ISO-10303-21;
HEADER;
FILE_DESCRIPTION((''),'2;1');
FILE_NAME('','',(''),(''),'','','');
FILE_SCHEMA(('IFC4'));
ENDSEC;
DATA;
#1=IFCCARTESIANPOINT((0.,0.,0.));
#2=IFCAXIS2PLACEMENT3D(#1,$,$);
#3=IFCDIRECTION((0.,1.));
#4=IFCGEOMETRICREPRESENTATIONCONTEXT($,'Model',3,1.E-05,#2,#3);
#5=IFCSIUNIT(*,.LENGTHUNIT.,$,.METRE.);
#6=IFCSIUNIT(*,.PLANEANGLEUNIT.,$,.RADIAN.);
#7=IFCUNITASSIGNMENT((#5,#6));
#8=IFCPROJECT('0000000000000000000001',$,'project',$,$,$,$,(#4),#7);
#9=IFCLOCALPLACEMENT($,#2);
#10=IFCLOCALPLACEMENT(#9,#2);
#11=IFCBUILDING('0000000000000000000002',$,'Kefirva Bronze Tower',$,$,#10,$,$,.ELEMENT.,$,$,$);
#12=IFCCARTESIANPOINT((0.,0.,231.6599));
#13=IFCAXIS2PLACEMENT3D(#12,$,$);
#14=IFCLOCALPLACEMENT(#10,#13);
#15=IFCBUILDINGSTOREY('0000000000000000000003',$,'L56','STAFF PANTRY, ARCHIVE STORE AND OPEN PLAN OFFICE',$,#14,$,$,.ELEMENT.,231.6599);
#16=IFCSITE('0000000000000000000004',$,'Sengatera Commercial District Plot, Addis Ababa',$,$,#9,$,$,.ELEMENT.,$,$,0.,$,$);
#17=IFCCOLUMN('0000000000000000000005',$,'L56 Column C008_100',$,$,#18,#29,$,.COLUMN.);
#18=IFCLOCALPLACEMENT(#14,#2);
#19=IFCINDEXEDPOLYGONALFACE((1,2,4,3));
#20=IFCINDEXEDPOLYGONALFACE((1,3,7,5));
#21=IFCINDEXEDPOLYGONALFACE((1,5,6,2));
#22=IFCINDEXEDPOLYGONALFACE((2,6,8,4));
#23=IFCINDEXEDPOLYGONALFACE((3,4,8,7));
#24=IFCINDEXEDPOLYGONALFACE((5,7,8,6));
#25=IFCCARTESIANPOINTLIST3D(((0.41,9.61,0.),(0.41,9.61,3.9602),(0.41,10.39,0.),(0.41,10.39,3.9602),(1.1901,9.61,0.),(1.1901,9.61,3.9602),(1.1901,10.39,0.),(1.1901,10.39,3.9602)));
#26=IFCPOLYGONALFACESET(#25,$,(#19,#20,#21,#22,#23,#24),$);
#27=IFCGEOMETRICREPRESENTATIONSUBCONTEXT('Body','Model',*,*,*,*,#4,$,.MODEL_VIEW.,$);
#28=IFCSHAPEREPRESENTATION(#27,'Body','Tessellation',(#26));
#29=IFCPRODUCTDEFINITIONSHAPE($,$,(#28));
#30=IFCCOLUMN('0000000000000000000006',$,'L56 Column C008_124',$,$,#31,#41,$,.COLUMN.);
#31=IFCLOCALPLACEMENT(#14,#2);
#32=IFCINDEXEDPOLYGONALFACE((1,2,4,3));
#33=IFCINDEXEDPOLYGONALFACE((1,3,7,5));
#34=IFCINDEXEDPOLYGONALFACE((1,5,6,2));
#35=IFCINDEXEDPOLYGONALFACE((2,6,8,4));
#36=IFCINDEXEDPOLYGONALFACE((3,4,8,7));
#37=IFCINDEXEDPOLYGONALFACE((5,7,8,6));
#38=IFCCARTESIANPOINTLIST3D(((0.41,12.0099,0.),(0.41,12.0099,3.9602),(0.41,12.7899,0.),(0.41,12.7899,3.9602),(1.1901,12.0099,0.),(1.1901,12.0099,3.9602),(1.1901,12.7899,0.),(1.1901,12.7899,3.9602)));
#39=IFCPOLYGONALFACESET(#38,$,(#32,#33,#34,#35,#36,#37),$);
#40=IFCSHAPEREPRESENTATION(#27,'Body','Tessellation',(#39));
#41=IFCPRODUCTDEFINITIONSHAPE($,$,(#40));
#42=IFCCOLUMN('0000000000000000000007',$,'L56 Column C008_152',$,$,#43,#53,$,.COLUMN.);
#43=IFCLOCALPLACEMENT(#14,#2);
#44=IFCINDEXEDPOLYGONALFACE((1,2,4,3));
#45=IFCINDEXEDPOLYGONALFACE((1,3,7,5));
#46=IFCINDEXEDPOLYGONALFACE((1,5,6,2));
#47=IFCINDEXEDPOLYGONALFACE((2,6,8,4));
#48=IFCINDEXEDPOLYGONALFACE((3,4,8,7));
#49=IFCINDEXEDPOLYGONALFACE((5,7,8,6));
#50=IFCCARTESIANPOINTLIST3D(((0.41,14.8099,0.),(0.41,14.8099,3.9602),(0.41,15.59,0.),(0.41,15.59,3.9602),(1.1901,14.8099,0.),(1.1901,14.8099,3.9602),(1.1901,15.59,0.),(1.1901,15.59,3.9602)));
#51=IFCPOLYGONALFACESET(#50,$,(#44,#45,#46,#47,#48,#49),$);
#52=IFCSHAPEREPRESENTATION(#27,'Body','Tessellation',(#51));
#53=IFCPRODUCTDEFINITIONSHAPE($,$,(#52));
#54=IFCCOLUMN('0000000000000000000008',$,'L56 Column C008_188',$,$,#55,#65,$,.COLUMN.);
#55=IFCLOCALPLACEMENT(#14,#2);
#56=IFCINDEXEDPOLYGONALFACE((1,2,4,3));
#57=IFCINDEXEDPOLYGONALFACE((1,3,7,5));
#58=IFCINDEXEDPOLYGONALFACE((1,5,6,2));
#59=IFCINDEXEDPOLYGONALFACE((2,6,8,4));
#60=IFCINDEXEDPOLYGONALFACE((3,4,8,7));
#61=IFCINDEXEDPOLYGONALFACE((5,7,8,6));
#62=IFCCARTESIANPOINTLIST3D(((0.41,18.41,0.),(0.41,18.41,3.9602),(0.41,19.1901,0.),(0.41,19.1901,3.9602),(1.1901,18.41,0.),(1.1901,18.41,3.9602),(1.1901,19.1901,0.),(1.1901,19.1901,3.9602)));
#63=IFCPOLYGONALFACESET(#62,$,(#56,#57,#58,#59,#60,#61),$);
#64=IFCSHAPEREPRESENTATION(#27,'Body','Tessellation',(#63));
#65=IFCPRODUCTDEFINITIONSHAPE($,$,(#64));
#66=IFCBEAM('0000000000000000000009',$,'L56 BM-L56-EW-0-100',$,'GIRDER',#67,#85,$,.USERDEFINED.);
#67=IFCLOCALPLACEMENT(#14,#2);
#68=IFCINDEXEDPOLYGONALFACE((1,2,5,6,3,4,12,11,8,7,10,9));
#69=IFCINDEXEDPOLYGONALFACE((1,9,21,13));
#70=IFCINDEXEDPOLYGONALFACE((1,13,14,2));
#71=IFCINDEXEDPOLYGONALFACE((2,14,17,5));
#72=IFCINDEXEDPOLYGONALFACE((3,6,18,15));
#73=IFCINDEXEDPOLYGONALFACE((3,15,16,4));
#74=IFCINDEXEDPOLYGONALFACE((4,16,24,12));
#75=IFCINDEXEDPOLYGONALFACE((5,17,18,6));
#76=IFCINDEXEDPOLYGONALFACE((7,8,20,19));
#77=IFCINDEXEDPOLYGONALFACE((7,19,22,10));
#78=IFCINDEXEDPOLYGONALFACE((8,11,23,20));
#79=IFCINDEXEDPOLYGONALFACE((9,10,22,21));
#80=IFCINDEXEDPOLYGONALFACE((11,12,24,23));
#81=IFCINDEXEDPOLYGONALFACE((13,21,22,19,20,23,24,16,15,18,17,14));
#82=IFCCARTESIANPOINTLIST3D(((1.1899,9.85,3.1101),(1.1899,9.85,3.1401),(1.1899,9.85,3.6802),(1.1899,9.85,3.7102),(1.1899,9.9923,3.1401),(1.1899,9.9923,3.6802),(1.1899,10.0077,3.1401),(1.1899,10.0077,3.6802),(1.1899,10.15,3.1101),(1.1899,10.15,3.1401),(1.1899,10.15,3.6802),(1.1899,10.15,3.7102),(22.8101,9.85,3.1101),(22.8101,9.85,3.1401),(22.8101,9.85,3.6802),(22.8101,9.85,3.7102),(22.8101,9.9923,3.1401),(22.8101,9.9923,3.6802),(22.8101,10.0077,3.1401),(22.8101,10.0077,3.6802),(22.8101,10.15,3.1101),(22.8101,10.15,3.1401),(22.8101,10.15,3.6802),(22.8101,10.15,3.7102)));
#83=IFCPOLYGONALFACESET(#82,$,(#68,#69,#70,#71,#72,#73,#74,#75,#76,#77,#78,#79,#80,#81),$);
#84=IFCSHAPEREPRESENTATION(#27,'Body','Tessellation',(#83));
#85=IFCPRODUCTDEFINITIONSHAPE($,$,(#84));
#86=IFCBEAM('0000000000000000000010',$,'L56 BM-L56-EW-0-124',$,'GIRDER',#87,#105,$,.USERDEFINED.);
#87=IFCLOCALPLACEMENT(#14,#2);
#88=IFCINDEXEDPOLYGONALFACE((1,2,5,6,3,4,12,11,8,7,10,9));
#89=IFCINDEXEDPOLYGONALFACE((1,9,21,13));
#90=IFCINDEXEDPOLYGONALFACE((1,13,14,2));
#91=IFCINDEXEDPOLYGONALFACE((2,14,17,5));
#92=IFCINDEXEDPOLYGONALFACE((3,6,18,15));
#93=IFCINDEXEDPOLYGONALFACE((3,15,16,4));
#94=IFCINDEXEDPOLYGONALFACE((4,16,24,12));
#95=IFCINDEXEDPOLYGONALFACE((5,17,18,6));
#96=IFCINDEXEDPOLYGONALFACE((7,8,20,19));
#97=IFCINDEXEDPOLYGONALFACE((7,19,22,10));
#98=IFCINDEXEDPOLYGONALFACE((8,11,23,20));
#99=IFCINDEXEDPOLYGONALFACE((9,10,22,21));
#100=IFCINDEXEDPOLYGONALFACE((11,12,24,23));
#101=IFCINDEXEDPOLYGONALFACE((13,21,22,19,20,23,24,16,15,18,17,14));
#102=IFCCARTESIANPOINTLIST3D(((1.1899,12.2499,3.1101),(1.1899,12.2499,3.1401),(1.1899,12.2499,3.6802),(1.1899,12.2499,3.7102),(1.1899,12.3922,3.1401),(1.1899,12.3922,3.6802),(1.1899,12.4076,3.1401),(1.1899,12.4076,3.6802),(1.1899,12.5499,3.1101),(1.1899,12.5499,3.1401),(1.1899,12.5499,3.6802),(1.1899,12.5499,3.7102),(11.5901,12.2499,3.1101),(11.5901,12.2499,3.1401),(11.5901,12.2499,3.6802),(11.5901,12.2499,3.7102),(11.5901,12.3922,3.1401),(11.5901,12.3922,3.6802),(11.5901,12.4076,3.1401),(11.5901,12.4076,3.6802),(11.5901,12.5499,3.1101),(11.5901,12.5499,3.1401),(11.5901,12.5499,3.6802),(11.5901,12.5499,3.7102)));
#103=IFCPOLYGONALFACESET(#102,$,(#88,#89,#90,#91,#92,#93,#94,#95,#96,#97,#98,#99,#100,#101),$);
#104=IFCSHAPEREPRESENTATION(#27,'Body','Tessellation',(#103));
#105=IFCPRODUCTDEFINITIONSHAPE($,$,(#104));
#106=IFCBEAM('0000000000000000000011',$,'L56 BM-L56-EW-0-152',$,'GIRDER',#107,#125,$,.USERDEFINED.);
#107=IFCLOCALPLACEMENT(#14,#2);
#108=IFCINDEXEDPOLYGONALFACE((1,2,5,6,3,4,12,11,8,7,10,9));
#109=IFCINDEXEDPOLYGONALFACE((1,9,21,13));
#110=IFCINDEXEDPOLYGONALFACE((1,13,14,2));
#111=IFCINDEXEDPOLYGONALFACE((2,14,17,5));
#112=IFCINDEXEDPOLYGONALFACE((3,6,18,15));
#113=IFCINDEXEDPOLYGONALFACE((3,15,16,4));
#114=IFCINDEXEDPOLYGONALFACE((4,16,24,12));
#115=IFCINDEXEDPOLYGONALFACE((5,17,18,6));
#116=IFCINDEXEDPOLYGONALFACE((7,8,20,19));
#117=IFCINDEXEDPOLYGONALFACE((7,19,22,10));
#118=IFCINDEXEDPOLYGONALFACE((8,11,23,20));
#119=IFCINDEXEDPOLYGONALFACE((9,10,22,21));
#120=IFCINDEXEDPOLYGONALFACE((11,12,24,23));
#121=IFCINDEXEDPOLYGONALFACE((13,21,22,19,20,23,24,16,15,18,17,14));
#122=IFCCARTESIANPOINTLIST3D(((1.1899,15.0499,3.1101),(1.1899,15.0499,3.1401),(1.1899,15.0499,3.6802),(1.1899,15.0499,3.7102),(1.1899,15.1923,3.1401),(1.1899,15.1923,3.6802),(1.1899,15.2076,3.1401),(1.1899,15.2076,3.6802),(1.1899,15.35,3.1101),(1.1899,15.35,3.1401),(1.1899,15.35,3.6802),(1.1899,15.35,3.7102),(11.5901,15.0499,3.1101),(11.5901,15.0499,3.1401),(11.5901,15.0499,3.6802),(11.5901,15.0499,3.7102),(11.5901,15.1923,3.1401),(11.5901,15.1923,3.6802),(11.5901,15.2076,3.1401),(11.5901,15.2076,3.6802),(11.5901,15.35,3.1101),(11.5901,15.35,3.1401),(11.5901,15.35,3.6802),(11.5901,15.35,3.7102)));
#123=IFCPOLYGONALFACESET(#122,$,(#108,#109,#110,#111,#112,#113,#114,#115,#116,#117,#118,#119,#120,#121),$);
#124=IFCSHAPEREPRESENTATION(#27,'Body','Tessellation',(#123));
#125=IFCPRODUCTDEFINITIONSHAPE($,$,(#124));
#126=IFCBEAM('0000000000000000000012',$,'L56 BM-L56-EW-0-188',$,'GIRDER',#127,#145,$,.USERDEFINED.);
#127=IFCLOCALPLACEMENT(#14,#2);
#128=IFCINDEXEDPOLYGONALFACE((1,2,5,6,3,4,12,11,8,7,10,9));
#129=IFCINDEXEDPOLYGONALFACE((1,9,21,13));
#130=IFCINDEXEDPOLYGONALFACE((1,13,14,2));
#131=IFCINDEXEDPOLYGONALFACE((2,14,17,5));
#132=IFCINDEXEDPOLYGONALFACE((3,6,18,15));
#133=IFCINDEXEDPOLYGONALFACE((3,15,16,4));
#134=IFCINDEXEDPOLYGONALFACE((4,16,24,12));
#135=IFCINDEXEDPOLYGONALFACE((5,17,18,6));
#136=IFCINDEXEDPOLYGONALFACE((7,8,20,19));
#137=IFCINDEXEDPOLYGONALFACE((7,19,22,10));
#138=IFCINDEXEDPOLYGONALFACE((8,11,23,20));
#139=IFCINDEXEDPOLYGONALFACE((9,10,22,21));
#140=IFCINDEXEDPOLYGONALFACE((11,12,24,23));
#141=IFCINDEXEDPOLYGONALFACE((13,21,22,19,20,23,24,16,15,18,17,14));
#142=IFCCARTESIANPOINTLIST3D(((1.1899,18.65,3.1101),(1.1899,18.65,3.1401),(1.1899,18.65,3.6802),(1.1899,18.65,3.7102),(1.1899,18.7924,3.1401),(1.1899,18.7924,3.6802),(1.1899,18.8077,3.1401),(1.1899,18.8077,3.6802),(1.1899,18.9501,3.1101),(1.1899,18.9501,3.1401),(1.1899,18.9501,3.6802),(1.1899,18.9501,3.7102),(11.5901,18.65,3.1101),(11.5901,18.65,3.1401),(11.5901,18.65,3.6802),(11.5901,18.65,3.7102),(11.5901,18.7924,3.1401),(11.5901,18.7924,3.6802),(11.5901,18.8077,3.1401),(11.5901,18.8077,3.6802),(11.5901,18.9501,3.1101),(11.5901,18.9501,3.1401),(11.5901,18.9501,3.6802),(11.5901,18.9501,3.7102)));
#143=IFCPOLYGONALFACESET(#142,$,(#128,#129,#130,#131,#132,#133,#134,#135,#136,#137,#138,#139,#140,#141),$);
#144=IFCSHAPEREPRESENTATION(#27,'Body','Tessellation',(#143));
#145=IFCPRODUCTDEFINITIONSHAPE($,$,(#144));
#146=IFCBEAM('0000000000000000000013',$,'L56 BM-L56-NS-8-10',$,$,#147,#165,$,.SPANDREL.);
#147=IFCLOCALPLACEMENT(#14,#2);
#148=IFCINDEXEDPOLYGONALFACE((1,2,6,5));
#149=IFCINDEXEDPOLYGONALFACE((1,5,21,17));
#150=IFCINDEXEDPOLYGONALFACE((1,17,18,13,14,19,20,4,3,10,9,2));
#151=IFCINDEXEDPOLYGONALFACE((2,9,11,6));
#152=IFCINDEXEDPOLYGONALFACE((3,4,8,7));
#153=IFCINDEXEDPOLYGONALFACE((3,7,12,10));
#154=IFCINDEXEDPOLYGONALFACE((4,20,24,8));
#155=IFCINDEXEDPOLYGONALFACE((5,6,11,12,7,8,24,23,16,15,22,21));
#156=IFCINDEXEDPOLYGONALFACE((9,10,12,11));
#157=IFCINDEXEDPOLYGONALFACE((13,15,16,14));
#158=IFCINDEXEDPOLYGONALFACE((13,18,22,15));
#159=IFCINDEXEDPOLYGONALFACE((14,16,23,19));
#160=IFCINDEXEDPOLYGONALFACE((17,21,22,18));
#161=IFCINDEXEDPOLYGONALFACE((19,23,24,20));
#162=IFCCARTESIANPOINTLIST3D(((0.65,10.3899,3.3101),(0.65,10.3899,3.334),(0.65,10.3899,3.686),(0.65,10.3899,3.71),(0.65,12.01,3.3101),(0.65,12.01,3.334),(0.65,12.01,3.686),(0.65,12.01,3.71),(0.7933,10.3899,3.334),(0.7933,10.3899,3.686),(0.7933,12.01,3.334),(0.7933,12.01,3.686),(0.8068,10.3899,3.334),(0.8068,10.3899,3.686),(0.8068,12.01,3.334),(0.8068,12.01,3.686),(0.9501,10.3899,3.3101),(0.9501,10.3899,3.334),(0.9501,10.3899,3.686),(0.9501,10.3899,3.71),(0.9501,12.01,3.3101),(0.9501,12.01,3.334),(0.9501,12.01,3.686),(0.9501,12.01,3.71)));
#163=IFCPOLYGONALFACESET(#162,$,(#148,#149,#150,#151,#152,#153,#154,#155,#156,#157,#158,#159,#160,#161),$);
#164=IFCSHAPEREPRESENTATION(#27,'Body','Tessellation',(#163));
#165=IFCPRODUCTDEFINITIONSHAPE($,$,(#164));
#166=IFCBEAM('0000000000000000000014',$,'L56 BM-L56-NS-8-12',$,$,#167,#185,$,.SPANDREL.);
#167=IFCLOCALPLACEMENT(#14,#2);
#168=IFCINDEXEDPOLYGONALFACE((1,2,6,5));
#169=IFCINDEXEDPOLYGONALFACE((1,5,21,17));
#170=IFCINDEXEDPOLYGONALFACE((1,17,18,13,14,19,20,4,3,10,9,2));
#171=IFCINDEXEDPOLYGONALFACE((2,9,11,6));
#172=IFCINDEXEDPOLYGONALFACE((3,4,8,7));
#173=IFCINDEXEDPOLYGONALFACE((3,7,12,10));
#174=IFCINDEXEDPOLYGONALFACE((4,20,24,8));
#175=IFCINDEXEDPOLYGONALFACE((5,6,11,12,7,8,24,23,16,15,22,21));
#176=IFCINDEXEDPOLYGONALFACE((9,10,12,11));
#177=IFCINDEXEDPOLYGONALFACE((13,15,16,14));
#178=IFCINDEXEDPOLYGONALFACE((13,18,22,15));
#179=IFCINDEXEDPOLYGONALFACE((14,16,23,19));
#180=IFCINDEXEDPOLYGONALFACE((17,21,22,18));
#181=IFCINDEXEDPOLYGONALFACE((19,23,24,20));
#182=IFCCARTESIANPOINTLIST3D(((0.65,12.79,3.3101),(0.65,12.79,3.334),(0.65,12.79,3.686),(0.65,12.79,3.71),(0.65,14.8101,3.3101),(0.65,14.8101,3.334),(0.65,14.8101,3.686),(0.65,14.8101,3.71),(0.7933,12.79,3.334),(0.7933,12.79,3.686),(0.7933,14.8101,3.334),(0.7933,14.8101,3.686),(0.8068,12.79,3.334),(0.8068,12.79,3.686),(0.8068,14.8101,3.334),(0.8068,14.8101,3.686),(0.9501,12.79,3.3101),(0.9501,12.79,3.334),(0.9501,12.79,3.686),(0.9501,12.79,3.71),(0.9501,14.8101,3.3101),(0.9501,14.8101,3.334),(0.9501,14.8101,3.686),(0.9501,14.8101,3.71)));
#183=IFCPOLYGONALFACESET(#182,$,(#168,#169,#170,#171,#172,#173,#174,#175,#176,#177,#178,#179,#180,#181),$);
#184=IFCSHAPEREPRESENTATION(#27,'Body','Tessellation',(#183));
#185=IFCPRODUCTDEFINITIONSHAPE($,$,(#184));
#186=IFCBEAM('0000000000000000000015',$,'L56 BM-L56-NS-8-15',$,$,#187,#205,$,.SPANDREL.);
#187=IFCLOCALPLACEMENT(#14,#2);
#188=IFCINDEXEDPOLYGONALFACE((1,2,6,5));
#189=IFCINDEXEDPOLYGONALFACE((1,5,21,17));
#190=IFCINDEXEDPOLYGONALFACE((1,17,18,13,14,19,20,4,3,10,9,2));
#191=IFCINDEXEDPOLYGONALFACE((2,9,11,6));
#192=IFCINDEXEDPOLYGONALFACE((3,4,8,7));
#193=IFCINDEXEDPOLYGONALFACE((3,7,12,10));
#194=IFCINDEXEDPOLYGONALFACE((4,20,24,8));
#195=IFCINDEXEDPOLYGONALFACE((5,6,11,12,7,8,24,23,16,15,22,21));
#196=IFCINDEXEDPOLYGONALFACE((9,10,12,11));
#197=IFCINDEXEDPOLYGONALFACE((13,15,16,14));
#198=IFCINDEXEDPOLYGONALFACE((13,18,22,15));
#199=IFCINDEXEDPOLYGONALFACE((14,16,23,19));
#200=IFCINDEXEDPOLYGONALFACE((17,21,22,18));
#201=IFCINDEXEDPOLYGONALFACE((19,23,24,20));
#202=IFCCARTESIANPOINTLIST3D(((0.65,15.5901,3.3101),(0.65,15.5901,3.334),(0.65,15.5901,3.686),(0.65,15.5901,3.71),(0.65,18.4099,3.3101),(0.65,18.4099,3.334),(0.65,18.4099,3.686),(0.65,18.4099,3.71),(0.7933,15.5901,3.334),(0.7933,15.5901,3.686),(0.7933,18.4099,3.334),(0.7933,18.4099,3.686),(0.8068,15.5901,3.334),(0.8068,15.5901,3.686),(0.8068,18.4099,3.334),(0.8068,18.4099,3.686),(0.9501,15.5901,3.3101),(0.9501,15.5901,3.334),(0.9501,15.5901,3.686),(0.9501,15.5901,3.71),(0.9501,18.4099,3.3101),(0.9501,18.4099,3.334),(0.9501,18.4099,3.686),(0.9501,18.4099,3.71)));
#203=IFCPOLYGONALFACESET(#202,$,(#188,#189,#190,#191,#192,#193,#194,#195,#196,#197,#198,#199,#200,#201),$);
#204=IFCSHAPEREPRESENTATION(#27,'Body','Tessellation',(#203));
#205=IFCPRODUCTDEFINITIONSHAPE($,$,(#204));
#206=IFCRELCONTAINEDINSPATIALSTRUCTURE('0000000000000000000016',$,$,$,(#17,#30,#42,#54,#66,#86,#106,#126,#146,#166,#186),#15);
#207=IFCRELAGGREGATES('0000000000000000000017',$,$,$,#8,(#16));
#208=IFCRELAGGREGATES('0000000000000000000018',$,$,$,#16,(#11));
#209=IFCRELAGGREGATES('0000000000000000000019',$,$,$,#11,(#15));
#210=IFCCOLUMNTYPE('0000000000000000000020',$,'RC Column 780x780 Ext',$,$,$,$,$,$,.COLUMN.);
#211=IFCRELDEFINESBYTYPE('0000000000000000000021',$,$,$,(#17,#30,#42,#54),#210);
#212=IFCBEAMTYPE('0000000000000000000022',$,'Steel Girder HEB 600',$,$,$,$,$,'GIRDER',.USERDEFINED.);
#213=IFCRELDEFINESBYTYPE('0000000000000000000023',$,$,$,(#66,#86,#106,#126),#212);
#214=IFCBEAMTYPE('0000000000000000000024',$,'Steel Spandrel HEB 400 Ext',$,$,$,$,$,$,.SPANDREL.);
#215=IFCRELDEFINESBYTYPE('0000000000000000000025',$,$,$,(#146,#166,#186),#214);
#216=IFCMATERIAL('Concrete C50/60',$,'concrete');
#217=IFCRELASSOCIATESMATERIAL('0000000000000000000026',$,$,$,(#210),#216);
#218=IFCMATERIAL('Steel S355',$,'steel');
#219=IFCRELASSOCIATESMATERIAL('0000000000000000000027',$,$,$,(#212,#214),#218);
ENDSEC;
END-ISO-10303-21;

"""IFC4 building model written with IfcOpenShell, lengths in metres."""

from ifc_helpers import new_model, si_unit, direction, frame, origin, origin_2d, place, context, subcontext, project, spatial, rectangle, i_section, extrude, material, material_profile, profile_set, type_object, element, save


model = new_model("IFC4")

# Units and contexts
model_context = context("Model", 3, precision=1e-05, world=origin(), true_north=direction((0.0, 1.0)))
body_context = subcontext(model_context, "Body", "Model", "MODEL_VIEW")
ifc_project = project(units=[si_unit("LENGTHUNIT", "METRE"), si_unit("PLANEANGLEUNIT", "RADIAN")], contexts=[model_context])

# Site, building, storey
site_placement = place(None, origin())
site = spatial("IfcSite", under=ifc_project, at=site_placement, Name="Sengatera Commercial District Plot, Addis Ababa", CompositionType="ELEMENT", RefElevation=0.0)
building_placement = place(site_placement, origin())
building = spatial("IfcBuilding", under=site, at=building_placement, Name="Kefirva Bronze Tower", CompositionType="ELEMENT")
storey_placement = place(building_placement, frame((0.0, 0.0, 231.6599)))
storey = spatial("IfcBuildingStorey", under=building, at=storey_placement, Name="L56", Description="STAFF PANTRY, ARCHIVE STORE AND OPEN PLAN OFFICE", CompositionType="ELEMENT", Elevation=231.6599)

# Columns
ifc_material_1 = material(Name="Concrete C50/60", Category="concrete")
ifc_material_profile_1 = material_profile(ifc_material_1, rectangle(XDim=0.78, YDim=0.78, at=origin_2d()), Name="RC 780x780")
ifc_profile_set_1 = profile_set([ifc_material_profile_1], Name="Concrete C50/60")
column_type = type_object("IfcColumnType", Name="RC Column 780x780 Ext", PredefinedType="COLUMN", material=ifc_profile_set_1)
for number, where, z_axis, x_axis, name in (
    (1, (0.8, 10.0, 0.0), (0.0, 0.0, 1.0), (1.0, 0.0, 0.0), "L56 Column C008_100"),
    (2, (0.8, 12.3999, 0.0), (0.0, 0.0, 1.0), (1.0, 0.0, 0.0), "L56 Column C008_124"),
    (3, (0.8, 15.2, 0.0), (0.0, 0.0, 1.0), (1.0, 0.0, 0.0), "L56 Column C008_152"),
    (4, (0.8, 18.8, 0.0), (0.0, 0.0, 1.0), (1.0, 0.0, 0.0), "L56 Column C008_188"),
):
    element("IfcColumn", number, at=place(storey_placement, frame(where, z_axis=z_axis, x_axis=x_axis)), inside=storey, type_object=column_type, Name=name, PredefinedType="COLUMN", context=body_context, shape_type="SweptSolid", body=[
        extrude(rectangle(XDim=0.78, YDim=0.78, at=origin_2d()), origin(), (0.0, 0.0, 1.0), 3.9602),
    ])

# Beams
ifc_material_2 = material(Name="Steel S355", Category="steel")
ifc_material_profile_2 = material_profile(ifc_material_2, i_section(OverallWidth=0.3, OverallDepth=0.6001, WebThickness=0.0154, FlangeThickness=0.03, at=origin_2d()), Name="HEB 600")
ifc_profile_set_2 = profile_set([ifc_material_profile_2], Name="Steel S355")
beam_type_1 = type_object("IfcBeamType", Name="Steel Girder HEB 600", ElementType="GIRDER", PredefinedType="USERDEFINED", material=ifc_profile_set_2)
beam_1_placement = place(storey_placement, frame((1.1899, 10.0, 3.4102), z_axis=(1.0, 0.0, 0.0), x_axis=(0.0, 1.0, 0.0)))
element("IfcBeam", 5, at=beam_1_placement, inside=storey, type_object=beam_type_1, Name="L56 BM-L56-EW-0-100", ObjectType="GIRDER", PredefinedType="USERDEFINED", context=body_context, shape_type="SweptSolid", body=[
    extrude(i_section(OverallWidth=0.3, OverallDepth=0.6001, WebThickness=0.0154, FlangeThickness=0.03, at=origin_2d()), origin(), (0.0, 0.0, 1.0), 21.6201),
])
for number, where, z_axis, x_axis, name in (
    (6, (1.1899, 12.3999, 3.4102), (1.0, 0.0, 0.0), (0.0, 1.0, 0.0), "L56 BM-L56-EW-0-124"),
    (7, (1.1899, 15.2, 3.4102), (1.0, 0.0, 0.0), (0.0, 1.0, 0.0), "L56 BM-L56-EW-0-152"),
    (8, (1.1899, 18.8, 3.4102), (1.0, 0.0, 0.0), (0.0, 1.0, 0.0), "L56 BM-L56-EW-0-188"),
):
    element("IfcBeam", number, at=place(storey_placement, frame(where, z_axis=z_axis, x_axis=x_axis)), inside=storey, type_object=beam_type_1, Name=name, ObjectType="GIRDER", PredefinedType="USERDEFINED", context=body_context, shape_type="SweptSolid", body=[
        extrude(i_section(OverallWidth=0.3, OverallDepth=0.6001, WebThickness=0.0154, FlangeThickness=0.03, at=origin_2d()), origin(), (0.0, 0.0, 1.0), 10.4001),
    ])
ifc_material_profile_3 = material_profile(ifc_material_2, i_section(OverallWidth=0.3, OverallDepth=0.3999, WebThickness=0.0134, FlangeThickness=0.0239, at=origin_2d()), Name="HEB 400")
ifc_profile_set_3 = profile_set([ifc_material_profile_3], Name="Steel S355")
beam_type_2 = type_object("IfcBeamType", Name="Steel Spandrel HEB 400 Ext", PredefinedType="SPANDREL", material=ifc_profile_set_3)
beam_2_placement = place(storey_placement, frame((0.8, 10.3899, 3.51), z_axis=(0.0, 1.0, 0.0), x_axis=(-1.0, 0.0, 0.0)))
element("IfcBeam", 9, at=beam_2_placement, inside=storey, type_object=beam_type_2, Name="L56 BM-L56-NS-8-10", PredefinedType="SPANDREL", context=body_context, shape_type="SweptSolid", body=[
    extrude(i_section(OverallWidth=0.3, OverallDepth=0.3999, WebThickness=0.0134, FlangeThickness=0.0239, at=origin_2d()), origin(), (0.0, 0.0, 1.0), 1.6201),
])
beam_3_placement = place(storey_placement, frame((0.8, 12.79, 3.51), z_axis=(0.0, 1.0, 0.0), x_axis=(-1.0, 0.0, 0.0)))
element("IfcBeam", 10, at=beam_3_placement, inside=storey, type_object=beam_type_2, Name="L56 BM-L56-NS-8-12", PredefinedType="SPANDREL", context=body_context, shape_type="SweptSolid", body=[
    extrude(i_section(OverallWidth=0.3, OverallDepth=0.3999, WebThickness=0.0134, FlangeThickness=0.0239, at=origin_2d()), origin(), (0.0, 0.0, 1.0), 2.02),
])
beam_4_placement = place(storey_placement, frame((0.8, 15.5901, 3.51), z_axis=(0.0, 1.0, 0.0), x_axis=(-1.0, 0.0, 0.0)))
element("IfcBeam", 11, at=beam_4_placement, inside=storey, type_object=beam_type_2, Name="L56 BM-L56-NS-8-15", PredefinedType="SPANDREL", context=body_context, shape_type="SweptSolid", body=[
    extrude(i_section(OverallWidth=0.3, OverallDepth=0.3999, WebThickness=0.0134, FlangeThickness=0.0239, at=origin_2d()), origin(), (0.0, 0.0, 1.0), 2.8198),
])

save(model, "model.ifc")
